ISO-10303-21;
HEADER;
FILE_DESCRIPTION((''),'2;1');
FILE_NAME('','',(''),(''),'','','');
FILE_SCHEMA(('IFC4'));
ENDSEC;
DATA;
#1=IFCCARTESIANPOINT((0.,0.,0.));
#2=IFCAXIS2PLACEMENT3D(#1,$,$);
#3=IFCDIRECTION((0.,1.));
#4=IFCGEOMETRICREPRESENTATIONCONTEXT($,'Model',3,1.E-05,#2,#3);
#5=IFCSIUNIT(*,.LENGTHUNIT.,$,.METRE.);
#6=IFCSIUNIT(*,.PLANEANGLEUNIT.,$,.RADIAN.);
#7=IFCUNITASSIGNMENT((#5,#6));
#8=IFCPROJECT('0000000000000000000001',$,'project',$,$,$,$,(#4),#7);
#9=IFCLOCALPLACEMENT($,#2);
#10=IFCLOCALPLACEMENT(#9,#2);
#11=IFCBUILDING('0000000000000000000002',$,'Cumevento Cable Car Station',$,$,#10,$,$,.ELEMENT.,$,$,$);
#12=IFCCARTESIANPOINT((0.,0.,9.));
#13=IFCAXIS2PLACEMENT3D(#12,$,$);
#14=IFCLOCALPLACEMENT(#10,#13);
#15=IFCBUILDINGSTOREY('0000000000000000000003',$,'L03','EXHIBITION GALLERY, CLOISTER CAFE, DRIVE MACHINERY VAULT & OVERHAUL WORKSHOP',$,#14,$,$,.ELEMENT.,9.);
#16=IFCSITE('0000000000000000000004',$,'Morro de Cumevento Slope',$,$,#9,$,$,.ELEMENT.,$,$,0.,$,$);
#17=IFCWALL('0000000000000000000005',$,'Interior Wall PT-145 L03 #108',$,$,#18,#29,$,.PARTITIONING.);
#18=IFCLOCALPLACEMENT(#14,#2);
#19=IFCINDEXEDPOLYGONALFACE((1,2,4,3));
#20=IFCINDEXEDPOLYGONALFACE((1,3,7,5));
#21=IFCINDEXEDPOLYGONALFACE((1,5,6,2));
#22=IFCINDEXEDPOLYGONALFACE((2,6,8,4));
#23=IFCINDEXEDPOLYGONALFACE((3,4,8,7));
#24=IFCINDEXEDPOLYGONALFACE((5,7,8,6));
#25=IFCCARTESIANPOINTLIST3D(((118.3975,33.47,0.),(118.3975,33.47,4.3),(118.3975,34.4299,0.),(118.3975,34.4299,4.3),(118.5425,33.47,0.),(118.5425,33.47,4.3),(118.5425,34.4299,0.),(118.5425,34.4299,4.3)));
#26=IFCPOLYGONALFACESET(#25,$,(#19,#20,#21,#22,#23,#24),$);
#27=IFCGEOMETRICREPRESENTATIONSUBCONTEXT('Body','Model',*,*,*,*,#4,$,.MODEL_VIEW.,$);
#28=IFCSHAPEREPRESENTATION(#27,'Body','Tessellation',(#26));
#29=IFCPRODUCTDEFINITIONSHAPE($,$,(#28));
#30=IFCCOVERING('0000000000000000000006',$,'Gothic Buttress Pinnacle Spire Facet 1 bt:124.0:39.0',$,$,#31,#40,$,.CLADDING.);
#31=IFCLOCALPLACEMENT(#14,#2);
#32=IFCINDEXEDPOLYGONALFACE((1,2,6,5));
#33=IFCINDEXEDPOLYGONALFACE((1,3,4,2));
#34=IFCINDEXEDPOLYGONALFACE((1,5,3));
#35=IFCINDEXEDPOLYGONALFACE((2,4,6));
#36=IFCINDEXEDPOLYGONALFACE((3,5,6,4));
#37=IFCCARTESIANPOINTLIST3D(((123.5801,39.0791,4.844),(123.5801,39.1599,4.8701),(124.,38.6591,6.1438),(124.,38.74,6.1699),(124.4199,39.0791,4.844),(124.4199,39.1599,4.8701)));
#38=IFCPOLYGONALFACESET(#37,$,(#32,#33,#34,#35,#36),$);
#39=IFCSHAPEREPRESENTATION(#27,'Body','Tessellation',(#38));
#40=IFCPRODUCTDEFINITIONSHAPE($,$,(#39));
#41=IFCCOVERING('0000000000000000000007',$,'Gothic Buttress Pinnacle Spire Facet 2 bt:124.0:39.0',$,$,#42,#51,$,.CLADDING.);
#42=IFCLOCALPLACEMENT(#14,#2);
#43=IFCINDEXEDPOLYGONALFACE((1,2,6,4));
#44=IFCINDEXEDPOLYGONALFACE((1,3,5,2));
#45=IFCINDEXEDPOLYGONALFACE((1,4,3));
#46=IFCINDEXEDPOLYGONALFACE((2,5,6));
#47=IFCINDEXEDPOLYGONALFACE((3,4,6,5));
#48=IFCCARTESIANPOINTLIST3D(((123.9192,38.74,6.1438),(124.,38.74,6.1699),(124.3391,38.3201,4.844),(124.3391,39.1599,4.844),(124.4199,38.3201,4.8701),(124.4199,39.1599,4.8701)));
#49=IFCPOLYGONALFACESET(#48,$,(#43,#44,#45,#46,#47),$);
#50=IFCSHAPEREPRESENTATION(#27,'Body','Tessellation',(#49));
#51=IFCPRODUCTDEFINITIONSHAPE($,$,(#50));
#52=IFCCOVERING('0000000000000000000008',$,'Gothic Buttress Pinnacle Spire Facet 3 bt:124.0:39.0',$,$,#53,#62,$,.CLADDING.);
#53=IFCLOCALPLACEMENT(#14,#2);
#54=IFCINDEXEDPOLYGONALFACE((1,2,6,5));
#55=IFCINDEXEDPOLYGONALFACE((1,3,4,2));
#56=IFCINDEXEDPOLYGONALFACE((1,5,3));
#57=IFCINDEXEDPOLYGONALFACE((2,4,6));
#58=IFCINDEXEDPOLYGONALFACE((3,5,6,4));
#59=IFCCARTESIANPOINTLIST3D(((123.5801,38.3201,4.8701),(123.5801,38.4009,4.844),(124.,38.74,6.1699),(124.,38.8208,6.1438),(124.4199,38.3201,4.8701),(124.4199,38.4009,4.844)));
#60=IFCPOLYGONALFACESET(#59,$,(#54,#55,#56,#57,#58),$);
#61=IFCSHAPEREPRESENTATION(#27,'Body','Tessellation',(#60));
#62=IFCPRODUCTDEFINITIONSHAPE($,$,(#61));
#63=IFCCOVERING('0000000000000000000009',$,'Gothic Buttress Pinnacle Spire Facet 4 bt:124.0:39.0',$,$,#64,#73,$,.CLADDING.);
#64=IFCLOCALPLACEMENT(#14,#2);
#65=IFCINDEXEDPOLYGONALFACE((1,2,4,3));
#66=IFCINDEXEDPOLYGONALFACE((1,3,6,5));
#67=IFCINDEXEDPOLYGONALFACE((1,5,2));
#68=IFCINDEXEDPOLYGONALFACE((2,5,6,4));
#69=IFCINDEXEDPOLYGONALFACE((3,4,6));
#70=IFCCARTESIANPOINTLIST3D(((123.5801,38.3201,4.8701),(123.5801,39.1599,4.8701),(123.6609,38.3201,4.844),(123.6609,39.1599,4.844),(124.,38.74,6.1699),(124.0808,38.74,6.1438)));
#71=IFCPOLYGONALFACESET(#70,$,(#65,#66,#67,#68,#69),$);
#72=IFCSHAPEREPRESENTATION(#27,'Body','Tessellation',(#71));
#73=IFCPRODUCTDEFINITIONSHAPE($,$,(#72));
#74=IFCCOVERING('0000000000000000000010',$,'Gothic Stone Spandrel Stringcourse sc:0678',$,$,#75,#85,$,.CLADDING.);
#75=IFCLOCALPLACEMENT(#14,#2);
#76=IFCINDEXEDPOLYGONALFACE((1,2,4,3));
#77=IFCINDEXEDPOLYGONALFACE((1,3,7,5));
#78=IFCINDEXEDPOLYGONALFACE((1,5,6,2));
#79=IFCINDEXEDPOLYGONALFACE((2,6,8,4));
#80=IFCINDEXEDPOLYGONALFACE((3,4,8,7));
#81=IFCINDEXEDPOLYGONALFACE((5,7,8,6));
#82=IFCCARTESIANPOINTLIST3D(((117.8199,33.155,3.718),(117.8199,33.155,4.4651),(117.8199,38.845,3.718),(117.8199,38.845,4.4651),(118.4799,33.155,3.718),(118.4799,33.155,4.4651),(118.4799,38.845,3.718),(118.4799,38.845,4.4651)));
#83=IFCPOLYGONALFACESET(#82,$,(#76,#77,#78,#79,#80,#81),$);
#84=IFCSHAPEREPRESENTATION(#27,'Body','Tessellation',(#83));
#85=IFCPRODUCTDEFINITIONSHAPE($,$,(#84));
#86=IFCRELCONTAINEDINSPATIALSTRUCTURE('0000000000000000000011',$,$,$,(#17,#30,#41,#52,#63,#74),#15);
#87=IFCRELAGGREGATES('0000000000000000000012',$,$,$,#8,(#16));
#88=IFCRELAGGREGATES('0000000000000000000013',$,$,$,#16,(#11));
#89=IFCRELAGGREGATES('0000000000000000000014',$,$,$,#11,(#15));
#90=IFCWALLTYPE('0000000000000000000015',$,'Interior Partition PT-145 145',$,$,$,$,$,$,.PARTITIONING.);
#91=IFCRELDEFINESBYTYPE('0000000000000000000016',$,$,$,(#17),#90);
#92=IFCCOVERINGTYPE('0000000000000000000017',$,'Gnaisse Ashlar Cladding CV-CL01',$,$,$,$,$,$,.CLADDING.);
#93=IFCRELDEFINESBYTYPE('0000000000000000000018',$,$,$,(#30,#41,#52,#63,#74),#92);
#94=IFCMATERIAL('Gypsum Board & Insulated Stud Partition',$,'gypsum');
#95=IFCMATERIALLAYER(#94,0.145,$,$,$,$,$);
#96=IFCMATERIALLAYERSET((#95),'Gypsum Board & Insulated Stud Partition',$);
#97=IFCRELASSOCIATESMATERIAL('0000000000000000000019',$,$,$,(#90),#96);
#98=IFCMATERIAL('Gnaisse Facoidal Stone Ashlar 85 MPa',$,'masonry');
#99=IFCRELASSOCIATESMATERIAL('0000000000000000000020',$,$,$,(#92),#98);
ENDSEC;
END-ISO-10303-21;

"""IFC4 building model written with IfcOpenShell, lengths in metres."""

from ifc_helpers import new_model, si_unit, direction, frame, frame_2d, origin, origin_2d, place, context, subcontext, project, spatial, polyline, rectangle, outline, extrude, material, layer, layer_set, type_object, element, save


model = new_model("IFC4")

# Units and contexts
model_context = context("Model", 3, precision=1e-05, world=origin(), true_north=direction((0.0, 1.0)))
body_context = subcontext(model_context, "Body", "Model", "MODEL_VIEW")
ifc_project = project(units=[si_unit("LENGTHUNIT", "METRE"), si_unit("PLANEANGLEUNIT", "RADIAN")], contexts=[model_context])

# Site, building, storey
site_placement = place(None, origin())
site = spatial("IfcSite", under=ifc_project, at=site_placement, Name="Morro de Cumevento Slope", CompositionType="ELEMENT", RefElevation=0.0)
building_placement = place(site_placement, origin())
building = spatial("IfcBuilding", under=site, at=building_placement, Name="Cumevento Cable Car Station", CompositionType="ELEMENT")
storey_placement = place(building_placement, frame((0.0, 0.0, 9.0)))
storey = spatial("IfcBuildingStorey", under=building, at=storey_placement, Name="L03", Description="EXHIBITION GALLERY, CLOISTER CAFE, DRIVE MACHINERY VAULT & OVERHAUL WORKSHOP", CompositionType="ELEMENT", Elevation=9.0)

# Wall
ifc_material_1 = material(Name="Gypsum Board & Insulated Stud Partition", Category="gypsum")
ifc_layer = layer(ifc_material_1, 0.145)
ifc_layer_set = layer_set([ifc_layer], Name="Gypsum Board & Insulated Stud Partition")
wall_type = type_object("IfcWallType", Name="Interior Partition PT-145 145", PredefinedType="PARTITIONING", material=ifc_layer_set)
for number, where, z_axis, x_axis, name in (
    (1, (118.47, 34.4299, 0.0), (0.0, 0.0, 1.0), (0.0, -1.0, 0.0), "Interior Wall PT-145 L03 #108"),
):
    element("IfcWall", number, at=place(storey_placement, frame(where, z_axis=z_axis, x_axis=x_axis)), inside=storey, type_object=wall_type, Name=name, PredefinedType="PARTITIONING", context=body_context, shape_type="SweptSolid", body=[
        extrude(rectangle(XDim=0.96, YDim=0.145, at=frame_2d((0.48, 0.0))), origin(), (0.0, 0.0, 1.0), 4.3),
    ])

# Coverings
ifc_material_2 = material(Name="Gnaisse Facoidal Stone Ashlar 85 MPa", Category="masonry")
covering_type = type_object("IfcCoveringType", Name="Gnaisse Ashlar Cladding CV-CL01", PredefinedType="CLADDING", material=ifc_material_2)
for number, where, z_axis, x_axis, name in (
    (2, (123.5801, 39.1599, 4.8701), (0.0, 0.951574, 0.307421), (1.0, 0.0, 0.0), "Gothic Buttress Pinnacle Spire Facet 1 bt:124.0:39.0"),
    (3, (124.4199, 39.1599, 4.8701), (0.951574, 0.0, 0.307421), (0.0, -1.0, 0.0), "Gothic Buttress Pinnacle Spire Facet 2 bt:124.0:39.0"),
    (4, (124.4199, 38.3201, 4.8701), (0.0, -0.951574, 0.307421), (-1.0, 0.0, 0.0), "Gothic Buttress Pinnacle Spire Facet 3 bt:124.0:39.0"),
    (5, (123.5801, 38.3201, 4.8701), (-0.951574, 0.0, 0.307421), (0.0, 1.0, 0.0), "Gothic Buttress Pinnacle Spire Facet 4 bt:124.0:39.0"),
):
    element("IfcCovering", number, at=place(storey_placement, frame(where, z_axis=z_axis, x_axis=x_axis)), inside=storey, type_object=covering_type, Name=name, PredefinedType="CLADDING", context=body_context, shape_type="SweptSolid", body=[
        extrude(outline(polyline([(0.0, 0.0), (0.8398, 0.0), (0.4199, -1.366), (0.0, 0.0)])), origin(), (0.0, 0.0, -1.0), 0.085),
    ])
covering_1_placement = place(storey_placement, frame((118.1499, 36.0, 3.718), z_axis=(0.0, 0.0, 1.0), x_axis=(0.0, 1.0, 0.0)))
element("IfcCovering", 6, at=covering_1_placement, inside=storey, type_object=covering_type, Name="Gothic Stone Spandrel Stringcourse sc:0678", PredefinedType="CLADDING", context=body_context, shape_type="SweptSolid", body=[
    extrude(rectangle(XDim=5.6899, YDim=0.6599, at=origin_2d()), origin(), (0.0, 0.0, 1.0), 0.7471),
])

save(model, "model.ifc")
